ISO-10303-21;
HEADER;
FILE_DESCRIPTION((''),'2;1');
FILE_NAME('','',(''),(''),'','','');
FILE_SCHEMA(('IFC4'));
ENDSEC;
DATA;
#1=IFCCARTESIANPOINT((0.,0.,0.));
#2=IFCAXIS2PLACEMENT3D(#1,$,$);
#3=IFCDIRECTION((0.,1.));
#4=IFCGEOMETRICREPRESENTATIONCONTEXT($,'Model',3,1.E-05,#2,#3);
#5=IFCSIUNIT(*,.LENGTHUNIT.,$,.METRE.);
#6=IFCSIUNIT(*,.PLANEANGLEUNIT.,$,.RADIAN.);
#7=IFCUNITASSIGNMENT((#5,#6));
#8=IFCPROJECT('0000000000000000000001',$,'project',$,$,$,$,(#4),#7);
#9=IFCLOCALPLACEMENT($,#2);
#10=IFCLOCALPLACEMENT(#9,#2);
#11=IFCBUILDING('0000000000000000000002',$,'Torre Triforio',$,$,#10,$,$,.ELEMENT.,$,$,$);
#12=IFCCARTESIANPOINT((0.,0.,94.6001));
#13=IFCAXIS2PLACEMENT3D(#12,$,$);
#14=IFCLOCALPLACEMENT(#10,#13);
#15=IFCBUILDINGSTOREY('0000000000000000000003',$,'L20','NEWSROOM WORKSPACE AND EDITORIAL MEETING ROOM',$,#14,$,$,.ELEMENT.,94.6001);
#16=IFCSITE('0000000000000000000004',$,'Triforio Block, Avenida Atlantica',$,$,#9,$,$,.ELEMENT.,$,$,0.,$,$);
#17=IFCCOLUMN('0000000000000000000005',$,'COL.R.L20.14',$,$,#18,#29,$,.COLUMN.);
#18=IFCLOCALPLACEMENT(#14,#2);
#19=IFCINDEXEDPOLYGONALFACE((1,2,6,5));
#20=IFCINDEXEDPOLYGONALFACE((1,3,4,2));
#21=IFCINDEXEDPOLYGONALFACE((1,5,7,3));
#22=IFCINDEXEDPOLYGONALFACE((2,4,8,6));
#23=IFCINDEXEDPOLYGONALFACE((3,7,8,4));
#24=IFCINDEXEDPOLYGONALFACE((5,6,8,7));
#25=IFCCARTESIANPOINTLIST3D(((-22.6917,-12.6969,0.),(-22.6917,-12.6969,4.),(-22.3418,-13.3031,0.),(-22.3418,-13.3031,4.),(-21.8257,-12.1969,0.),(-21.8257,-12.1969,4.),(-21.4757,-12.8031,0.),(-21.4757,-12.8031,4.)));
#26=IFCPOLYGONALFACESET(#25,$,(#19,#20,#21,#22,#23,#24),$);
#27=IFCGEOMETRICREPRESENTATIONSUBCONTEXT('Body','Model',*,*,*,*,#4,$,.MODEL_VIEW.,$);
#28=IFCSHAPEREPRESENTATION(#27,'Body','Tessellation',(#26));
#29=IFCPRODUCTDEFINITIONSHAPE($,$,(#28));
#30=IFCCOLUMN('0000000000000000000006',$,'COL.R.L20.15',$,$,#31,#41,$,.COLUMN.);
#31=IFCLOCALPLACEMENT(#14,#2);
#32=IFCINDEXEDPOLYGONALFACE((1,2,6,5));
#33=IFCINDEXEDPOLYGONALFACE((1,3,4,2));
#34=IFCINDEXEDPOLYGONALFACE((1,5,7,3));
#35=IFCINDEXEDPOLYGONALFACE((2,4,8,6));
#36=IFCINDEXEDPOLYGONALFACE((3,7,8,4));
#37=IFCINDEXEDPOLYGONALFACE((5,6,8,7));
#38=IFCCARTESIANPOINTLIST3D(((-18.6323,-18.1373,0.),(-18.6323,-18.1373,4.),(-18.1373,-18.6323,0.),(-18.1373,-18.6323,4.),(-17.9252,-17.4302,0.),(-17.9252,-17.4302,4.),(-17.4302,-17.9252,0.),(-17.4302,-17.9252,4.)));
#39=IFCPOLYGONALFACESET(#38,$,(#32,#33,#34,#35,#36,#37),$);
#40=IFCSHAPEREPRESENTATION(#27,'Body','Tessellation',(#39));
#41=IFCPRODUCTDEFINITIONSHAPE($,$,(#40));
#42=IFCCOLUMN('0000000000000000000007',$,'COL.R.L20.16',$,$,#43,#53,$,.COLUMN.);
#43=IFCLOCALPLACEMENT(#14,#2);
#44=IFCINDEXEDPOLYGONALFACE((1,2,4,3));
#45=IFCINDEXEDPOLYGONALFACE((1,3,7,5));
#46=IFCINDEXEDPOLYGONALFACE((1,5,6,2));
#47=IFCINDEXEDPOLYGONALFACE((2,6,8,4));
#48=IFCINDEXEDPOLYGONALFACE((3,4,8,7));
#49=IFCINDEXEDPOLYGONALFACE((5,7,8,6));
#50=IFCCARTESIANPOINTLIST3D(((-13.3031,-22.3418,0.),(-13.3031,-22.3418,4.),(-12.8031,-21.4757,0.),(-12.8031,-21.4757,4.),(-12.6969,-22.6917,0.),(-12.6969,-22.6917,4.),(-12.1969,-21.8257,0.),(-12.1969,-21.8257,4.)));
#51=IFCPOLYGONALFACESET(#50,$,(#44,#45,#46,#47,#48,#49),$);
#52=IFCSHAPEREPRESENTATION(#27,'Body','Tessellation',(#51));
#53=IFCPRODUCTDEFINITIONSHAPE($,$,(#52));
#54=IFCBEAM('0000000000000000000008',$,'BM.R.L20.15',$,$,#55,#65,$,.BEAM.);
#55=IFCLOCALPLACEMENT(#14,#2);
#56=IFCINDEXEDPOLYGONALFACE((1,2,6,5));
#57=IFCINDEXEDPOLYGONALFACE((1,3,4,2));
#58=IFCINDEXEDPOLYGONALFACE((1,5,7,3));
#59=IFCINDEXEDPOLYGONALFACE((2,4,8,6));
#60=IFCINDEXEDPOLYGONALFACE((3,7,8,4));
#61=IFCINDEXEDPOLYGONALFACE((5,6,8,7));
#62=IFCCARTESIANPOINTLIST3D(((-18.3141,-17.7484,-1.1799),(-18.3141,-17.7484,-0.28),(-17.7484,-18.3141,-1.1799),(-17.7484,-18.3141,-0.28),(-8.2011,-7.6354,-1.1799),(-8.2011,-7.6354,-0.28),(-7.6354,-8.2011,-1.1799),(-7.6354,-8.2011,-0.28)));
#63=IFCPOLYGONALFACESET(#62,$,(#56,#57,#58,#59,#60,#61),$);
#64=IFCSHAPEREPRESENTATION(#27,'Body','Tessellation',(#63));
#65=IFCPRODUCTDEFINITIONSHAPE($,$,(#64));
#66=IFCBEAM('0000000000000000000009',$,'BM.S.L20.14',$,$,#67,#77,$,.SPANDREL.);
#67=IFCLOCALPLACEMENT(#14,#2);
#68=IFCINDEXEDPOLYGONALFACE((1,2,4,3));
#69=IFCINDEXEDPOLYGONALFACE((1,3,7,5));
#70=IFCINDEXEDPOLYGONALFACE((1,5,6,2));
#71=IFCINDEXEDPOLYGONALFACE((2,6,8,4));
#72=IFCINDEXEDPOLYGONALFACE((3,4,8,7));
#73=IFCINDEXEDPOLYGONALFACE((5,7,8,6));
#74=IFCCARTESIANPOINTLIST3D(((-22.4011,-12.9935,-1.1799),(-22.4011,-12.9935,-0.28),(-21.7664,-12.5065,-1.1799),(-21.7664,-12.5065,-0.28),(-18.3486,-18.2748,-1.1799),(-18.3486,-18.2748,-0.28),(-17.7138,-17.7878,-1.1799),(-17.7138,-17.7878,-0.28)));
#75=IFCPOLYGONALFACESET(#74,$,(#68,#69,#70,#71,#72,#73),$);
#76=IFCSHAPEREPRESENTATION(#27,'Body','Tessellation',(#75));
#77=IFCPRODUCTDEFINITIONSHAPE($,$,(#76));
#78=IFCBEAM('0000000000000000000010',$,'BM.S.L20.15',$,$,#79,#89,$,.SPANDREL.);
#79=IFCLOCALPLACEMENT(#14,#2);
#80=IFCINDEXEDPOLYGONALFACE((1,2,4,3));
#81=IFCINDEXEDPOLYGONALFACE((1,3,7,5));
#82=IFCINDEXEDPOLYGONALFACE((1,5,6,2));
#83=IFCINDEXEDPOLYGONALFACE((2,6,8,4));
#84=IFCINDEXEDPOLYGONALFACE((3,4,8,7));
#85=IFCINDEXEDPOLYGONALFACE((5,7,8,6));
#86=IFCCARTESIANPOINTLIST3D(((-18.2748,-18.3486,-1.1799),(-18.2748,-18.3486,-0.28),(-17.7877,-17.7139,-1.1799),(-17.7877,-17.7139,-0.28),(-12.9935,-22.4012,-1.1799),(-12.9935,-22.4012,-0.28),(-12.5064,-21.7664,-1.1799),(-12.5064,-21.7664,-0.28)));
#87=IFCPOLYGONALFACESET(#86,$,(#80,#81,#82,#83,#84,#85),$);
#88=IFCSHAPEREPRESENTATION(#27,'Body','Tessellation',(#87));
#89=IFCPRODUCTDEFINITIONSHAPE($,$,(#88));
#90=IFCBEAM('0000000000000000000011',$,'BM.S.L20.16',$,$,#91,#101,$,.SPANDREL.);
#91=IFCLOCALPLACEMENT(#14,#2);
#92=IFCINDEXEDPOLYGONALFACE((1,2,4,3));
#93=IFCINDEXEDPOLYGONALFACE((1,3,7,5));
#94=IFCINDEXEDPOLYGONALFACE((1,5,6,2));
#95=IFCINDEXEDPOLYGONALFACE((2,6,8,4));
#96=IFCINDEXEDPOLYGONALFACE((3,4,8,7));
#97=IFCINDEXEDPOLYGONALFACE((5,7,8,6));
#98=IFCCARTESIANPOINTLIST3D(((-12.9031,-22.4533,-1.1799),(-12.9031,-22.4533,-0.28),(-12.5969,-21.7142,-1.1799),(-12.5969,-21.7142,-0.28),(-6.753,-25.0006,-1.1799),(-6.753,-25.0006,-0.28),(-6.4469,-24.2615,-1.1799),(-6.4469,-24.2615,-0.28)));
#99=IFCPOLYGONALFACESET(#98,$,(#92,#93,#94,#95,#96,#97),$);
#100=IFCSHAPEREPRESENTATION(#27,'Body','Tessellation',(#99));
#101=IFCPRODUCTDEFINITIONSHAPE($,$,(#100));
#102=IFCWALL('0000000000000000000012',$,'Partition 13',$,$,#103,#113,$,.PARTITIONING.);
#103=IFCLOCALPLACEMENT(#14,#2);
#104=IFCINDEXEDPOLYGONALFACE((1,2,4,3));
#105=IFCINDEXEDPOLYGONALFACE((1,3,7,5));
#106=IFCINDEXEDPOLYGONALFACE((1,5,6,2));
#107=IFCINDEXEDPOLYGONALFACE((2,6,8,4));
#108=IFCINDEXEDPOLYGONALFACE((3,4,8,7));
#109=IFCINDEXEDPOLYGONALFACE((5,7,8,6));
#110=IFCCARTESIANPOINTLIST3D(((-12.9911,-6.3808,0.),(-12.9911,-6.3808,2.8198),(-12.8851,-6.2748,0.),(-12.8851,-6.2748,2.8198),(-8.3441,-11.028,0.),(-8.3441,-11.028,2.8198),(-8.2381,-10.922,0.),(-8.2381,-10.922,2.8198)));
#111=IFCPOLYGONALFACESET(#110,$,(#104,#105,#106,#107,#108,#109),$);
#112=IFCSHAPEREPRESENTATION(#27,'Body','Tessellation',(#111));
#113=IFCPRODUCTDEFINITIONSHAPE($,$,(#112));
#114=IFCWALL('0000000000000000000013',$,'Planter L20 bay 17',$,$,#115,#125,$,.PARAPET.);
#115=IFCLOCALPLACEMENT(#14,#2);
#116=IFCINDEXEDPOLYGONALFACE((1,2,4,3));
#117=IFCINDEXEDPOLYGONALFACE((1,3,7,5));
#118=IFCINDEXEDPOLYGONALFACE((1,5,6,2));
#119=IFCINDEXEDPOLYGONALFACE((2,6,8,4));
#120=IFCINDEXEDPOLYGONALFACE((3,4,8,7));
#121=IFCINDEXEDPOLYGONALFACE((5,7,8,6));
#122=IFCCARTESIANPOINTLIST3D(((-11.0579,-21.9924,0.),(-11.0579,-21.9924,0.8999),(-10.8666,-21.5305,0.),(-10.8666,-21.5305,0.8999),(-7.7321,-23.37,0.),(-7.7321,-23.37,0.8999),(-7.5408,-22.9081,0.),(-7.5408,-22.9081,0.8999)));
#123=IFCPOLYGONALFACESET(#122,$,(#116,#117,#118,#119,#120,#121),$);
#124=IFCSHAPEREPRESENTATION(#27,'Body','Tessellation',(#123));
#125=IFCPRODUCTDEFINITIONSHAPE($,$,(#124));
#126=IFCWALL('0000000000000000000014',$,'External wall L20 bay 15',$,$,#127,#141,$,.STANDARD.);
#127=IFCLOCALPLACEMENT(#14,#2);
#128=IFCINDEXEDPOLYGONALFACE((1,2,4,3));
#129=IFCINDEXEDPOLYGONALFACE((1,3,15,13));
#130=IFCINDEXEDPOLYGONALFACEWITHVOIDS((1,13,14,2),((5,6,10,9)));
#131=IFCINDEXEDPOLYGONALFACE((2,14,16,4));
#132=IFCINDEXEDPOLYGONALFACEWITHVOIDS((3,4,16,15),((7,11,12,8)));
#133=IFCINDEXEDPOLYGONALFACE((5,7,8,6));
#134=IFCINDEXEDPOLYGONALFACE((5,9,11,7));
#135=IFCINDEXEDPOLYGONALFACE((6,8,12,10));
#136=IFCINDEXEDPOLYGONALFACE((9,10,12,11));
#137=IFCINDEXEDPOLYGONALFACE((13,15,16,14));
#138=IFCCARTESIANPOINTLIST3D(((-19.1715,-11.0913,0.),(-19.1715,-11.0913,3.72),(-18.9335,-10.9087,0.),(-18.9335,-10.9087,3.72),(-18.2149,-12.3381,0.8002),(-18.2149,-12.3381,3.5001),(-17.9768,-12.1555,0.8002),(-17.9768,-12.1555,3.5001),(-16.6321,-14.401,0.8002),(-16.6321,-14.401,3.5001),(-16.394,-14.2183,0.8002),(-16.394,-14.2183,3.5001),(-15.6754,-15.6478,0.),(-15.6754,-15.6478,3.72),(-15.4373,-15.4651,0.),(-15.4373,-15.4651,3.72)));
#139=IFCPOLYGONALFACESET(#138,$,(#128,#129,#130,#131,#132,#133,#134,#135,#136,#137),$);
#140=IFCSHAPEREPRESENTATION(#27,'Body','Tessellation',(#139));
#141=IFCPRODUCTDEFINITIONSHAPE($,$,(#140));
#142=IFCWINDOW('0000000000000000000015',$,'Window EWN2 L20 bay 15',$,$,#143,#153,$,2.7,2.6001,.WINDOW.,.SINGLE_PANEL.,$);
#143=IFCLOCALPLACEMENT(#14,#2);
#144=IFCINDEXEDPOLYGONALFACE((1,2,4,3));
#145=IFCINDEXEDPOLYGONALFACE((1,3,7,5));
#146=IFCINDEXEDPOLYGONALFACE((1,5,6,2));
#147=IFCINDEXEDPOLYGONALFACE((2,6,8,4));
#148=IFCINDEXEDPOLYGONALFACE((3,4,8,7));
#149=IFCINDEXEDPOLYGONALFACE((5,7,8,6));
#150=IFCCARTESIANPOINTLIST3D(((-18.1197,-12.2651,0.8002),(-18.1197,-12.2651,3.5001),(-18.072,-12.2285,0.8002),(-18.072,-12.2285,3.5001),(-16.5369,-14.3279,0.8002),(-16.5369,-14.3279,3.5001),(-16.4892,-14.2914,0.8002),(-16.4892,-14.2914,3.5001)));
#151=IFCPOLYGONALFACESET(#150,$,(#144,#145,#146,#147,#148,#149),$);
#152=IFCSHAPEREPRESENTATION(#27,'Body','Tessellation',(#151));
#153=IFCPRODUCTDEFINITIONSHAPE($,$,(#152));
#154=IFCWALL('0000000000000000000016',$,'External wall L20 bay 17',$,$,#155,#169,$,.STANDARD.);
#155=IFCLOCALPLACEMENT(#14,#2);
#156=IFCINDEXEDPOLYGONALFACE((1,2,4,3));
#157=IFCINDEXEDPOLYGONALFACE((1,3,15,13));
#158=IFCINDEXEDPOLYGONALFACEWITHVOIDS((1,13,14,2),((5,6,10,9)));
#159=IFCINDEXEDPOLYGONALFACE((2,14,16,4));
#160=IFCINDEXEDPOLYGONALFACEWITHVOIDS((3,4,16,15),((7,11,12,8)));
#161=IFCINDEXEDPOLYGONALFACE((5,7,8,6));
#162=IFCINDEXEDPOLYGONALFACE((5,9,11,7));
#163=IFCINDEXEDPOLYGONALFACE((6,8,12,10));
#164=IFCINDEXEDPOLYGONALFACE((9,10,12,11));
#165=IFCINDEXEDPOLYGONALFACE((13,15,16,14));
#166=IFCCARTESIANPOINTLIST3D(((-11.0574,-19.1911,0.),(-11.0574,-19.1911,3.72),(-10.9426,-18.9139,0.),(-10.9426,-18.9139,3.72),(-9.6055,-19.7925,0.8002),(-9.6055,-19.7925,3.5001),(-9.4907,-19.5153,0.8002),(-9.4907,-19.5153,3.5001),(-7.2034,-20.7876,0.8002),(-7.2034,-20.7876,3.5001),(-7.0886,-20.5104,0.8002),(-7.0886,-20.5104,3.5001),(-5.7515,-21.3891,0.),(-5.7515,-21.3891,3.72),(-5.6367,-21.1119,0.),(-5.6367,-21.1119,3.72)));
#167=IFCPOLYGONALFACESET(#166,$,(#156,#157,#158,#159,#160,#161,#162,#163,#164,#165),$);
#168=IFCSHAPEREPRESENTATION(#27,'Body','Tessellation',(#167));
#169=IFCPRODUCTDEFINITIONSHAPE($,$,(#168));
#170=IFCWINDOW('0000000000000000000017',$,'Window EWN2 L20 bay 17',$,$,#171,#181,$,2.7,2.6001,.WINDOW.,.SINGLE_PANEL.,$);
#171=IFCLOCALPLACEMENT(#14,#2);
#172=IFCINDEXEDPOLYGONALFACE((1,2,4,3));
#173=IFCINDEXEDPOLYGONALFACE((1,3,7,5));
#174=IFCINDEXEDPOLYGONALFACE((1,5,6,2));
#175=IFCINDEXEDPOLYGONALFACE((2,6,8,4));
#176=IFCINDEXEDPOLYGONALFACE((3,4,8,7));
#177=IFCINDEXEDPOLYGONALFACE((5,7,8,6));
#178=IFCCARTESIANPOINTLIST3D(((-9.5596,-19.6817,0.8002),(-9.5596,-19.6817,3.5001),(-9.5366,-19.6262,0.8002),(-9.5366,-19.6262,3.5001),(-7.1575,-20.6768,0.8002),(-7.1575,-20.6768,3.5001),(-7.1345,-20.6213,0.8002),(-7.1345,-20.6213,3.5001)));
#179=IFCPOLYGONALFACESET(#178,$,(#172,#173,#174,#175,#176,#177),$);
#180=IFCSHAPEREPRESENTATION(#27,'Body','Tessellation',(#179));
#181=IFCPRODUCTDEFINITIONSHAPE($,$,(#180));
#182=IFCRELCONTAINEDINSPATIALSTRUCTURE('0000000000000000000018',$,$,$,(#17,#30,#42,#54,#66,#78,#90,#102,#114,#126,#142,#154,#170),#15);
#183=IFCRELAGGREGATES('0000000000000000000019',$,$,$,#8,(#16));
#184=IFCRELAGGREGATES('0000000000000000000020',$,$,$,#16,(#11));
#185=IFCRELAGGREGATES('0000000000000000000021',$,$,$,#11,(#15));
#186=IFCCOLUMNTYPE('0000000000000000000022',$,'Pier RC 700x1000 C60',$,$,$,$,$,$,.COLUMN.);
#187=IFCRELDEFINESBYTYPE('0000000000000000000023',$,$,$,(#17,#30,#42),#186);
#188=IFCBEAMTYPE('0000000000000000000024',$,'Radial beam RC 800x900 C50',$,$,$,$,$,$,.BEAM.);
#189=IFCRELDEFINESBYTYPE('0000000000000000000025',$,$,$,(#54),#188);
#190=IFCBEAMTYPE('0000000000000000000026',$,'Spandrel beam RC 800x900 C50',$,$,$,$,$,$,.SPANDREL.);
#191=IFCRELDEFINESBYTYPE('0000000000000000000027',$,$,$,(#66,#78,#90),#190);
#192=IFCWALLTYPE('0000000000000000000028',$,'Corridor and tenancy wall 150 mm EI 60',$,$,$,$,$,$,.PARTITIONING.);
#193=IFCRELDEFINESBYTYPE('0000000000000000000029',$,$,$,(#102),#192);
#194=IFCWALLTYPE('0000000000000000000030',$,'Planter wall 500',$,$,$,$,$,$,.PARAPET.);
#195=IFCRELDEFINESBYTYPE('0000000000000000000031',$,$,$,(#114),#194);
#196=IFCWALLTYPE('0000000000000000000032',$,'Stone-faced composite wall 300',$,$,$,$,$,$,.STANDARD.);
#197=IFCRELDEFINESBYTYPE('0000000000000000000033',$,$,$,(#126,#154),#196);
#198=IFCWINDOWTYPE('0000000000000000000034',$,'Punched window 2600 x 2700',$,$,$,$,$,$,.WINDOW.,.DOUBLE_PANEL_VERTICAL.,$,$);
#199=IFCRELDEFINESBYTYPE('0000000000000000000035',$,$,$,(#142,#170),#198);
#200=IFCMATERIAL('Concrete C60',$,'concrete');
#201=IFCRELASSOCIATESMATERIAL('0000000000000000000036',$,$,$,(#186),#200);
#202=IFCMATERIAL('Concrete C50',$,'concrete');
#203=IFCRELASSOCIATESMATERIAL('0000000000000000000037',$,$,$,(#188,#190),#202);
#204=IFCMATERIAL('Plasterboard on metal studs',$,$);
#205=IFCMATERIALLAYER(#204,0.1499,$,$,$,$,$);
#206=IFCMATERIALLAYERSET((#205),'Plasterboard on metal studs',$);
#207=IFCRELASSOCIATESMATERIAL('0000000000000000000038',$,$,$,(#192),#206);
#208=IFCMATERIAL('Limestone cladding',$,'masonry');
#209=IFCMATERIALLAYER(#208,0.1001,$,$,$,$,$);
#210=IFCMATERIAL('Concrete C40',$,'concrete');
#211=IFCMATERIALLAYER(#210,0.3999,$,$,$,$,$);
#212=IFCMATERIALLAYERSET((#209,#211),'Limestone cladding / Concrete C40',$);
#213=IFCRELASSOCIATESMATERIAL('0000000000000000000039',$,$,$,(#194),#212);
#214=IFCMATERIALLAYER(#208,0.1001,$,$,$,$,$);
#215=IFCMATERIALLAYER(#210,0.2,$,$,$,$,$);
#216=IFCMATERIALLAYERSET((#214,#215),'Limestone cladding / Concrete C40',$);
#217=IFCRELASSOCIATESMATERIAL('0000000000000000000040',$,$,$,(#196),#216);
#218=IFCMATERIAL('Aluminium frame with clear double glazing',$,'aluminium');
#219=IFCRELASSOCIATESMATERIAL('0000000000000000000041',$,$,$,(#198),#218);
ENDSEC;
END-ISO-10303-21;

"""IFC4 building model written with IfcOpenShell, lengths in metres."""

from ifc_helpers import new_model, si_unit, direction, frame, frame_2d, origin, origin_2d, place, context, subcontext, project, spatial, rectangle, extrude, material, layer, layer_set, material_profile, profile_set, type_object, element, fill, save


model = new_model("IFC4")

# Units and contexts
model_context = context("Model", 3, precision=1e-05, world=origin(), true_north=direction((0.0, 1.0)))
body_context = subcontext(model_context, "Body", "Model", "MODEL_VIEW")
ifc_project = project(units=[si_unit("LENGTHUNIT", "METRE"), si_unit("PLANEANGLEUNIT", "RADIAN")], contexts=[model_context])

# Site, building, storey
site_placement = place(None, origin())
site = spatial("IfcSite", under=ifc_project, at=site_placement, Name="Triforio Block, Avenida Atlantica", CompositionType="ELEMENT", RefElevation=0.0)
building_placement = place(site_placement, origin())
building = spatial("IfcBuilding", under=site, at=building_placement, Name="Torre Triforio", CompositionType="ELEMENT")
storey_placement = place(building_placement, frame((0.0, 0.0, 94.6001)))
storey = spatial("IfcBuildingStorey", under=building, at=storey_placement, Name="L20", Description="NEWSROOM WORKSPACE AND EDITORIAL MEETING ROOM", CompositionType="ELEMENT", Elevation=94.6001)

# Columns
ifc_material_1 = material(Name="Concrete C60", Category="concrete")
ifc_material_profile_1 = material_profile(ifc_material_1, rectangle(XDim=0.7, YDim=1.0, at=origin_2d()), Name="RC 700x1000")
ifc_profile_set_1 = profile_set([ifc_material_profile_1], Name="Concrete C60")
column_type = type_object("IfcColumnType", Name="Pier RC 700x1000 C60", PredefinedType="COLUMN", material=ifc_profile_set_1)
for number, where, z_axis, x_axis, name in (
    (1, (-22.0837, -12.75, 0.0), (0.0, 0.0, 1.0), (0.5, -0.866025, 0.0), "COL.R.L20.14"),
    (2, (-18.0312, -18.0312, 0.0), (0.0, 0.0, 1.0), (0.707107, -0.707107, 0.0), "COL.R.L20.15"),
    (3, (-12.75, -22.0837, 0.0), (0.0, 0.0, 1.0), (0.866025, -0.5, 0.0), "COL.R.L20.16"),
):
    element("IfcColumn", number, at=place(storey_placement, frame(where, z_axis=z_axis, x_axis=x_axis)), inside=storey, type_object=column_type, Name=name, PredefinedType="COLUMN", context=body_context, shape_type="SweptSolid", body=[
        extrude(rectangle(XDim=0.7, YDim=1.0, at=origin_2d()), origin(), (0.0, 0.0, 1.0), 4.0),
    ])

# Beams
ifc_material_2 = material(Name="Concrete C50", Category="concrete")
ifc_material_profile_2 = material_profile(ifc_material_2, rectangle(XDim=0.8, YDim=0.8999, at=origin_2d()), Name="RC 800x900")
ifc_profile_set_2 = profile_set([ifc_material_profile_2], Name="Concrete C50")
beam_type_1 = type_object("IfcBeamType", Name="Radial beam RC 800x900 C50", PredefinedType="BEAM", material=ifc_profile_set_2)
beam_1_placement = place(storey_placement, frame((-7.9182, -7.9182, -0.73), z_axis=(-0.707107, -0.707107, 0.0), x_axis=(0.707107, -0.707107, 0.0)))
element("IfcBeam", 4, at=beam_1_placement, inside=storey, type_object=beam_type_1, Name="BM.R.L20.15", PredefinedType="BEAM", context=body_context, shape_type="SweptSolid", body=[
    extrude(rectangle(XDim=0.8, YDim=0.8999, at=origin_2d()), origin(), (0.0, 0.0, 1.0), 14.302),
])
ifc_material_profile_3 = material_profile(ifc_material_2, rectangle(XDim=0.8, YDim=0.8999, at=origin_2d()), Name="RC 800x900")
ifc_profile_set_3 = profile_set([ifc_material_profile_3], Name="Concrete C50")
beam_type_2 = type_object("IfcBeamType", Name="Spandrel beam RC 800x900 C50", PredefinedType="SPANDREL", material=ifc_profile_set_3)
for number, where, z_axis, x_axis, name in (
    (5, (-22.0837, -12.75, -0.73), (0.608766, -0.79335, 0.0), (0.79335, 0.608766, 0.0), "BM.S.L20.14"),
    (6, (-18.0312, -18.0312, -0.73), (0.79335, -0.608766, 0.0), (0.608766, 0.79335, 0.0), "BM.S.L20.15"),
):
    element("IfcBeam", number, at=place(storey_placement, frame(where, z_axis=z_axis, x_axis=x_axis)), inside=storey, type_object=beam_type_2, Name=name, PredefinedType="SPANDREL", context=body_context, shape_type="SweptSolid", body=[
        extrude(rectangle(XDim=0.8, YDim=0.8999, at=origin_2d()), origin(), (0.0, 0.0, 1.0), 6.657),
    ])
beam_2_placement = place(storey_placement, frame((-12.75, -22.0837, -0.73), z_axis=(0.923885, -0.382669, 0.0), x_axis=(0.382669, 0.923885, 0.0)))
element("IfcBeam", 7, at=beam_2_placement, inside=storey, type_object=beam_type_2, Name="BM.S.L20.16", PredefinedType="SPANDREL", context=body_context, shape_type="SweptSolid", body=[
    extrude(rectangle(XDim=0.8, YDim=0.8999, at=origin_2d()), origin(), (0.0, 0.0, 1.0), 6.6567),
])

# Walls
ifc_material_3 = material(Name="Plasterboard on metal studs")
ifc_layer_1 = layer(ifc_material_3, 0.1499)
ifc_layer_set_1 = layer_set([ifc_layer_1], Name="Plasterboard on metal studs")
wall_type_1 = type_object("IfcWallType", Name="Corridor and tenancy wall 150 mm EI 60", PredefinedType="PARTITIONING", material=ifc_layer_set_1)
wall_1_placement = place(storey_placement, frame((-8.291, -10.9751, 0.0), z_axis=(0.0, 0.0, 1.0), x_axis=(-0.707088, 0.707125, 0.0)))
element("IfcWall", 8, at=wall_1_placement, inside=storey, type_object=wall_type_1, Name="Partition 13", PredefinedType="PARTITIONING", context=body_context, shape_type="SweptSolid", body=[
    extrude(rectangle(XDim=6.572, YDim=0.1499, at=frame_2d((3.2861, 0.0))), origin(), (0.0, 0.0, 1.0), 2.8198),
])
ifc_material_4 = material(Name="Limestone cladding", Category="masonry")
ifc_layer_2 = layer(ifc_material_4, 0.1001)
ifc_material_5 = material(Name="Concrete C40", Category="concrete")
ifc_layer_3 = layer(ifc_material_5, 0.3999)
ifc_layer_set_2 = layer_set([ifc_layer_2, ifc_layer_3], Name="Limestone cladding / Concrete C40")
wall_type_2 = type_object("IfcWallType", Name="Planter wall 500", PredefinedType="PARAPET", material=ifc_layer_set_2)
wall_2_placement = place(storey_placement, frame((-10.9622, -21.7615, 0.0), z_axis=(0.0, 0.0, 1.0), x_axis=(0.923875, -0.382693, 0.0)))
element("IfcWall", 9, at=wall_2_placement, inside=storey, type_object=wall_type_2, Name="Planter L20 bay 17", PredefinedType="PARAPET", context=body_context, shape_type="SweptSolid", body=[
    extrude(rectangle(XDim=3.5999, YDim=0.5, at=frame_2d((1.7998, 0.0))), origin(), (0.0, 0.0, 1.0), 0.8999),
])

# Wall, opening, window
ifc_layer_4 = layer(ifc_material_4, 0.1001)
ifc_layer_5 = layer(ifc_material_5, 0.2)
ifc_layer_set_3 = layer_set([ifc_layer_4, ifc_layer_5], Name="Limestone cladding / Concrete C40")
wall_type_3 = type_object("IfcWallType", Name="Stone-faced composite wall 300", PredefinedType="STANDARD", material=ifc_layer_set_3)
wall_3_placement = place(storey_placement, frame((-19.0525, -11.0, 0.0), z_axis=(0.0, 0.0, 1.0), x_axis=(0.608745, -0.793366, 0.0)))
wall_3 = element("IfcWall", 10, at=wall_3_placement, inside=storey, type_object=wall_type_3, Name="External wall L20 bay 15", PredefinedType="STANDARD", context=body_context, shape_type="SweptSolid", body=[
    extrude(rectangle(XDim=5.7432, YDim=0.3, at=frame_2d((2.8716, 0.0))), origin(), (0.0, 0.0, 1.0), 3.72),
])
opening_1_placement = place(wall_3_placement, frame((1.5715, 0.0, 0.8)))
opening_1 = element("IfcOpeningElement", 11, at=opening_1_placement, cuts=wall_3, PredefinedType="OPENING", context=body_context, shape_type="SweptSolid", body=[
    extrude(rectangle(XDim=2.6001, YDim=2.7, at=frame_2d((1.3, 1.3501))), frame((0.0, 0.1599, 0.0), z_axis=(0.0, -1.0, 0.0), x_axis=(1.0, 0.0, 0.0)), (0.0, 0.0, 1.0), 0.3201),
])
ifc_material_6 = material(Name="Aluminium frame with clear double glazing", Category="aluminium")
window_type_1 = type_object("IfcWindowType", Name="Punched window 2600 x 2700", PartitioningType="DOUBLE_PANEL_VERTICAL", PredefinedType="WINDOW", material=ifc_material_6)
window_1_placement = place(opening_1_placement, origin())
window_1 = element("IfcWindow", 12, at=window_1_placement, inside=storey, type_object=window_type_1, Name="Window EWN2 L20 bay 15", OverallHeight=2.7, OverallWidth=2.6001, PartitioningType="SINGLE_PANEL", PredefinedType="WINDOW", context=body_context, shape_type="SweptSolid", body=[
    extrude(rectangle(XDim=2.6001, YDim=2.7, at=frame_2d((1.3, 1.3501))), frame((0.0, 0.03, 0.0), z_axis=(0.0, -1.0, 0.0), x_axis=(1.0, 0.0, 0.0)), (0.0, 0.0, 1.0), 0.0601),
])
fill(opening_1, window_1)

# Wall, opening, window
wall_4_placement = place(storey_placement, frame((-11.0, -19.0525, 0.0), z_axis=(0.0, 0.0, 1.0), x_axis=(0.923866, -0.382716, 0.0)))
wall_4 = element("IfcWall", 13, at=wall_4_placement, inside=storey, type_object=wall_type_3, Name="External wall L20 bay 17", PredefinedType="STANDARD", context=body_context, shape_type="SweptSolid", body=[
    extrude(rectangle(XDim=5.7432, YDim=0.3, at=frame_2d((2.8716, 0.0))), origin(), (0.0, 0.0, 1.0), 3.72),
])
opening_2_placement = place(wall_4_placement, frame((1.5715, 0.0, 0.8)))
opening_2 = element("IfcOpeningElement", 14, at=opening_2_placement, cuts=wall_4, PredefinedType="OPENING", context=body_context, shape_type="SweptSolid", body=[
    extrude(rectangle(XDim=2.6001, YDim=2.7, at=frame_2d((1.3, 1.3501))), frame((0.0, 0.1599, 0.0), z_axis=(0.0, -1.0, 0.0), x_axis=(1.0, 0.0, 0.0)), (0.0, 0.0, 1.0), 0.3201),
])
window_2_placement = place(opening_2_placement, origin())
window_2 = element("IfcWindow", 15, at=window_2_placement, inside=storey, type_object=window_type_1, Name="Window EWN2 L20 bay 17", OverallHeight=2.7, OverallWidth=2.6001, PartitioningType="SINGLE_PANEL", PredefinedType="WINDOW", context=body_context, shape_type="SweptSolid", body=[
    extrude(rectangle(XDim=2.6001, YDim=2.7, at=frame_2d((1.3, 1.3501))), frame((0.0, 0.03, 0.0), z_axis=(0.0, -1.0, 0.0), x_axis=(1.0, 0.0, 0.0)), (0.0, 0.0, 1.0), 0.0601),
])
fill(opening_2, window_2)

save(model, "model.ifc")
